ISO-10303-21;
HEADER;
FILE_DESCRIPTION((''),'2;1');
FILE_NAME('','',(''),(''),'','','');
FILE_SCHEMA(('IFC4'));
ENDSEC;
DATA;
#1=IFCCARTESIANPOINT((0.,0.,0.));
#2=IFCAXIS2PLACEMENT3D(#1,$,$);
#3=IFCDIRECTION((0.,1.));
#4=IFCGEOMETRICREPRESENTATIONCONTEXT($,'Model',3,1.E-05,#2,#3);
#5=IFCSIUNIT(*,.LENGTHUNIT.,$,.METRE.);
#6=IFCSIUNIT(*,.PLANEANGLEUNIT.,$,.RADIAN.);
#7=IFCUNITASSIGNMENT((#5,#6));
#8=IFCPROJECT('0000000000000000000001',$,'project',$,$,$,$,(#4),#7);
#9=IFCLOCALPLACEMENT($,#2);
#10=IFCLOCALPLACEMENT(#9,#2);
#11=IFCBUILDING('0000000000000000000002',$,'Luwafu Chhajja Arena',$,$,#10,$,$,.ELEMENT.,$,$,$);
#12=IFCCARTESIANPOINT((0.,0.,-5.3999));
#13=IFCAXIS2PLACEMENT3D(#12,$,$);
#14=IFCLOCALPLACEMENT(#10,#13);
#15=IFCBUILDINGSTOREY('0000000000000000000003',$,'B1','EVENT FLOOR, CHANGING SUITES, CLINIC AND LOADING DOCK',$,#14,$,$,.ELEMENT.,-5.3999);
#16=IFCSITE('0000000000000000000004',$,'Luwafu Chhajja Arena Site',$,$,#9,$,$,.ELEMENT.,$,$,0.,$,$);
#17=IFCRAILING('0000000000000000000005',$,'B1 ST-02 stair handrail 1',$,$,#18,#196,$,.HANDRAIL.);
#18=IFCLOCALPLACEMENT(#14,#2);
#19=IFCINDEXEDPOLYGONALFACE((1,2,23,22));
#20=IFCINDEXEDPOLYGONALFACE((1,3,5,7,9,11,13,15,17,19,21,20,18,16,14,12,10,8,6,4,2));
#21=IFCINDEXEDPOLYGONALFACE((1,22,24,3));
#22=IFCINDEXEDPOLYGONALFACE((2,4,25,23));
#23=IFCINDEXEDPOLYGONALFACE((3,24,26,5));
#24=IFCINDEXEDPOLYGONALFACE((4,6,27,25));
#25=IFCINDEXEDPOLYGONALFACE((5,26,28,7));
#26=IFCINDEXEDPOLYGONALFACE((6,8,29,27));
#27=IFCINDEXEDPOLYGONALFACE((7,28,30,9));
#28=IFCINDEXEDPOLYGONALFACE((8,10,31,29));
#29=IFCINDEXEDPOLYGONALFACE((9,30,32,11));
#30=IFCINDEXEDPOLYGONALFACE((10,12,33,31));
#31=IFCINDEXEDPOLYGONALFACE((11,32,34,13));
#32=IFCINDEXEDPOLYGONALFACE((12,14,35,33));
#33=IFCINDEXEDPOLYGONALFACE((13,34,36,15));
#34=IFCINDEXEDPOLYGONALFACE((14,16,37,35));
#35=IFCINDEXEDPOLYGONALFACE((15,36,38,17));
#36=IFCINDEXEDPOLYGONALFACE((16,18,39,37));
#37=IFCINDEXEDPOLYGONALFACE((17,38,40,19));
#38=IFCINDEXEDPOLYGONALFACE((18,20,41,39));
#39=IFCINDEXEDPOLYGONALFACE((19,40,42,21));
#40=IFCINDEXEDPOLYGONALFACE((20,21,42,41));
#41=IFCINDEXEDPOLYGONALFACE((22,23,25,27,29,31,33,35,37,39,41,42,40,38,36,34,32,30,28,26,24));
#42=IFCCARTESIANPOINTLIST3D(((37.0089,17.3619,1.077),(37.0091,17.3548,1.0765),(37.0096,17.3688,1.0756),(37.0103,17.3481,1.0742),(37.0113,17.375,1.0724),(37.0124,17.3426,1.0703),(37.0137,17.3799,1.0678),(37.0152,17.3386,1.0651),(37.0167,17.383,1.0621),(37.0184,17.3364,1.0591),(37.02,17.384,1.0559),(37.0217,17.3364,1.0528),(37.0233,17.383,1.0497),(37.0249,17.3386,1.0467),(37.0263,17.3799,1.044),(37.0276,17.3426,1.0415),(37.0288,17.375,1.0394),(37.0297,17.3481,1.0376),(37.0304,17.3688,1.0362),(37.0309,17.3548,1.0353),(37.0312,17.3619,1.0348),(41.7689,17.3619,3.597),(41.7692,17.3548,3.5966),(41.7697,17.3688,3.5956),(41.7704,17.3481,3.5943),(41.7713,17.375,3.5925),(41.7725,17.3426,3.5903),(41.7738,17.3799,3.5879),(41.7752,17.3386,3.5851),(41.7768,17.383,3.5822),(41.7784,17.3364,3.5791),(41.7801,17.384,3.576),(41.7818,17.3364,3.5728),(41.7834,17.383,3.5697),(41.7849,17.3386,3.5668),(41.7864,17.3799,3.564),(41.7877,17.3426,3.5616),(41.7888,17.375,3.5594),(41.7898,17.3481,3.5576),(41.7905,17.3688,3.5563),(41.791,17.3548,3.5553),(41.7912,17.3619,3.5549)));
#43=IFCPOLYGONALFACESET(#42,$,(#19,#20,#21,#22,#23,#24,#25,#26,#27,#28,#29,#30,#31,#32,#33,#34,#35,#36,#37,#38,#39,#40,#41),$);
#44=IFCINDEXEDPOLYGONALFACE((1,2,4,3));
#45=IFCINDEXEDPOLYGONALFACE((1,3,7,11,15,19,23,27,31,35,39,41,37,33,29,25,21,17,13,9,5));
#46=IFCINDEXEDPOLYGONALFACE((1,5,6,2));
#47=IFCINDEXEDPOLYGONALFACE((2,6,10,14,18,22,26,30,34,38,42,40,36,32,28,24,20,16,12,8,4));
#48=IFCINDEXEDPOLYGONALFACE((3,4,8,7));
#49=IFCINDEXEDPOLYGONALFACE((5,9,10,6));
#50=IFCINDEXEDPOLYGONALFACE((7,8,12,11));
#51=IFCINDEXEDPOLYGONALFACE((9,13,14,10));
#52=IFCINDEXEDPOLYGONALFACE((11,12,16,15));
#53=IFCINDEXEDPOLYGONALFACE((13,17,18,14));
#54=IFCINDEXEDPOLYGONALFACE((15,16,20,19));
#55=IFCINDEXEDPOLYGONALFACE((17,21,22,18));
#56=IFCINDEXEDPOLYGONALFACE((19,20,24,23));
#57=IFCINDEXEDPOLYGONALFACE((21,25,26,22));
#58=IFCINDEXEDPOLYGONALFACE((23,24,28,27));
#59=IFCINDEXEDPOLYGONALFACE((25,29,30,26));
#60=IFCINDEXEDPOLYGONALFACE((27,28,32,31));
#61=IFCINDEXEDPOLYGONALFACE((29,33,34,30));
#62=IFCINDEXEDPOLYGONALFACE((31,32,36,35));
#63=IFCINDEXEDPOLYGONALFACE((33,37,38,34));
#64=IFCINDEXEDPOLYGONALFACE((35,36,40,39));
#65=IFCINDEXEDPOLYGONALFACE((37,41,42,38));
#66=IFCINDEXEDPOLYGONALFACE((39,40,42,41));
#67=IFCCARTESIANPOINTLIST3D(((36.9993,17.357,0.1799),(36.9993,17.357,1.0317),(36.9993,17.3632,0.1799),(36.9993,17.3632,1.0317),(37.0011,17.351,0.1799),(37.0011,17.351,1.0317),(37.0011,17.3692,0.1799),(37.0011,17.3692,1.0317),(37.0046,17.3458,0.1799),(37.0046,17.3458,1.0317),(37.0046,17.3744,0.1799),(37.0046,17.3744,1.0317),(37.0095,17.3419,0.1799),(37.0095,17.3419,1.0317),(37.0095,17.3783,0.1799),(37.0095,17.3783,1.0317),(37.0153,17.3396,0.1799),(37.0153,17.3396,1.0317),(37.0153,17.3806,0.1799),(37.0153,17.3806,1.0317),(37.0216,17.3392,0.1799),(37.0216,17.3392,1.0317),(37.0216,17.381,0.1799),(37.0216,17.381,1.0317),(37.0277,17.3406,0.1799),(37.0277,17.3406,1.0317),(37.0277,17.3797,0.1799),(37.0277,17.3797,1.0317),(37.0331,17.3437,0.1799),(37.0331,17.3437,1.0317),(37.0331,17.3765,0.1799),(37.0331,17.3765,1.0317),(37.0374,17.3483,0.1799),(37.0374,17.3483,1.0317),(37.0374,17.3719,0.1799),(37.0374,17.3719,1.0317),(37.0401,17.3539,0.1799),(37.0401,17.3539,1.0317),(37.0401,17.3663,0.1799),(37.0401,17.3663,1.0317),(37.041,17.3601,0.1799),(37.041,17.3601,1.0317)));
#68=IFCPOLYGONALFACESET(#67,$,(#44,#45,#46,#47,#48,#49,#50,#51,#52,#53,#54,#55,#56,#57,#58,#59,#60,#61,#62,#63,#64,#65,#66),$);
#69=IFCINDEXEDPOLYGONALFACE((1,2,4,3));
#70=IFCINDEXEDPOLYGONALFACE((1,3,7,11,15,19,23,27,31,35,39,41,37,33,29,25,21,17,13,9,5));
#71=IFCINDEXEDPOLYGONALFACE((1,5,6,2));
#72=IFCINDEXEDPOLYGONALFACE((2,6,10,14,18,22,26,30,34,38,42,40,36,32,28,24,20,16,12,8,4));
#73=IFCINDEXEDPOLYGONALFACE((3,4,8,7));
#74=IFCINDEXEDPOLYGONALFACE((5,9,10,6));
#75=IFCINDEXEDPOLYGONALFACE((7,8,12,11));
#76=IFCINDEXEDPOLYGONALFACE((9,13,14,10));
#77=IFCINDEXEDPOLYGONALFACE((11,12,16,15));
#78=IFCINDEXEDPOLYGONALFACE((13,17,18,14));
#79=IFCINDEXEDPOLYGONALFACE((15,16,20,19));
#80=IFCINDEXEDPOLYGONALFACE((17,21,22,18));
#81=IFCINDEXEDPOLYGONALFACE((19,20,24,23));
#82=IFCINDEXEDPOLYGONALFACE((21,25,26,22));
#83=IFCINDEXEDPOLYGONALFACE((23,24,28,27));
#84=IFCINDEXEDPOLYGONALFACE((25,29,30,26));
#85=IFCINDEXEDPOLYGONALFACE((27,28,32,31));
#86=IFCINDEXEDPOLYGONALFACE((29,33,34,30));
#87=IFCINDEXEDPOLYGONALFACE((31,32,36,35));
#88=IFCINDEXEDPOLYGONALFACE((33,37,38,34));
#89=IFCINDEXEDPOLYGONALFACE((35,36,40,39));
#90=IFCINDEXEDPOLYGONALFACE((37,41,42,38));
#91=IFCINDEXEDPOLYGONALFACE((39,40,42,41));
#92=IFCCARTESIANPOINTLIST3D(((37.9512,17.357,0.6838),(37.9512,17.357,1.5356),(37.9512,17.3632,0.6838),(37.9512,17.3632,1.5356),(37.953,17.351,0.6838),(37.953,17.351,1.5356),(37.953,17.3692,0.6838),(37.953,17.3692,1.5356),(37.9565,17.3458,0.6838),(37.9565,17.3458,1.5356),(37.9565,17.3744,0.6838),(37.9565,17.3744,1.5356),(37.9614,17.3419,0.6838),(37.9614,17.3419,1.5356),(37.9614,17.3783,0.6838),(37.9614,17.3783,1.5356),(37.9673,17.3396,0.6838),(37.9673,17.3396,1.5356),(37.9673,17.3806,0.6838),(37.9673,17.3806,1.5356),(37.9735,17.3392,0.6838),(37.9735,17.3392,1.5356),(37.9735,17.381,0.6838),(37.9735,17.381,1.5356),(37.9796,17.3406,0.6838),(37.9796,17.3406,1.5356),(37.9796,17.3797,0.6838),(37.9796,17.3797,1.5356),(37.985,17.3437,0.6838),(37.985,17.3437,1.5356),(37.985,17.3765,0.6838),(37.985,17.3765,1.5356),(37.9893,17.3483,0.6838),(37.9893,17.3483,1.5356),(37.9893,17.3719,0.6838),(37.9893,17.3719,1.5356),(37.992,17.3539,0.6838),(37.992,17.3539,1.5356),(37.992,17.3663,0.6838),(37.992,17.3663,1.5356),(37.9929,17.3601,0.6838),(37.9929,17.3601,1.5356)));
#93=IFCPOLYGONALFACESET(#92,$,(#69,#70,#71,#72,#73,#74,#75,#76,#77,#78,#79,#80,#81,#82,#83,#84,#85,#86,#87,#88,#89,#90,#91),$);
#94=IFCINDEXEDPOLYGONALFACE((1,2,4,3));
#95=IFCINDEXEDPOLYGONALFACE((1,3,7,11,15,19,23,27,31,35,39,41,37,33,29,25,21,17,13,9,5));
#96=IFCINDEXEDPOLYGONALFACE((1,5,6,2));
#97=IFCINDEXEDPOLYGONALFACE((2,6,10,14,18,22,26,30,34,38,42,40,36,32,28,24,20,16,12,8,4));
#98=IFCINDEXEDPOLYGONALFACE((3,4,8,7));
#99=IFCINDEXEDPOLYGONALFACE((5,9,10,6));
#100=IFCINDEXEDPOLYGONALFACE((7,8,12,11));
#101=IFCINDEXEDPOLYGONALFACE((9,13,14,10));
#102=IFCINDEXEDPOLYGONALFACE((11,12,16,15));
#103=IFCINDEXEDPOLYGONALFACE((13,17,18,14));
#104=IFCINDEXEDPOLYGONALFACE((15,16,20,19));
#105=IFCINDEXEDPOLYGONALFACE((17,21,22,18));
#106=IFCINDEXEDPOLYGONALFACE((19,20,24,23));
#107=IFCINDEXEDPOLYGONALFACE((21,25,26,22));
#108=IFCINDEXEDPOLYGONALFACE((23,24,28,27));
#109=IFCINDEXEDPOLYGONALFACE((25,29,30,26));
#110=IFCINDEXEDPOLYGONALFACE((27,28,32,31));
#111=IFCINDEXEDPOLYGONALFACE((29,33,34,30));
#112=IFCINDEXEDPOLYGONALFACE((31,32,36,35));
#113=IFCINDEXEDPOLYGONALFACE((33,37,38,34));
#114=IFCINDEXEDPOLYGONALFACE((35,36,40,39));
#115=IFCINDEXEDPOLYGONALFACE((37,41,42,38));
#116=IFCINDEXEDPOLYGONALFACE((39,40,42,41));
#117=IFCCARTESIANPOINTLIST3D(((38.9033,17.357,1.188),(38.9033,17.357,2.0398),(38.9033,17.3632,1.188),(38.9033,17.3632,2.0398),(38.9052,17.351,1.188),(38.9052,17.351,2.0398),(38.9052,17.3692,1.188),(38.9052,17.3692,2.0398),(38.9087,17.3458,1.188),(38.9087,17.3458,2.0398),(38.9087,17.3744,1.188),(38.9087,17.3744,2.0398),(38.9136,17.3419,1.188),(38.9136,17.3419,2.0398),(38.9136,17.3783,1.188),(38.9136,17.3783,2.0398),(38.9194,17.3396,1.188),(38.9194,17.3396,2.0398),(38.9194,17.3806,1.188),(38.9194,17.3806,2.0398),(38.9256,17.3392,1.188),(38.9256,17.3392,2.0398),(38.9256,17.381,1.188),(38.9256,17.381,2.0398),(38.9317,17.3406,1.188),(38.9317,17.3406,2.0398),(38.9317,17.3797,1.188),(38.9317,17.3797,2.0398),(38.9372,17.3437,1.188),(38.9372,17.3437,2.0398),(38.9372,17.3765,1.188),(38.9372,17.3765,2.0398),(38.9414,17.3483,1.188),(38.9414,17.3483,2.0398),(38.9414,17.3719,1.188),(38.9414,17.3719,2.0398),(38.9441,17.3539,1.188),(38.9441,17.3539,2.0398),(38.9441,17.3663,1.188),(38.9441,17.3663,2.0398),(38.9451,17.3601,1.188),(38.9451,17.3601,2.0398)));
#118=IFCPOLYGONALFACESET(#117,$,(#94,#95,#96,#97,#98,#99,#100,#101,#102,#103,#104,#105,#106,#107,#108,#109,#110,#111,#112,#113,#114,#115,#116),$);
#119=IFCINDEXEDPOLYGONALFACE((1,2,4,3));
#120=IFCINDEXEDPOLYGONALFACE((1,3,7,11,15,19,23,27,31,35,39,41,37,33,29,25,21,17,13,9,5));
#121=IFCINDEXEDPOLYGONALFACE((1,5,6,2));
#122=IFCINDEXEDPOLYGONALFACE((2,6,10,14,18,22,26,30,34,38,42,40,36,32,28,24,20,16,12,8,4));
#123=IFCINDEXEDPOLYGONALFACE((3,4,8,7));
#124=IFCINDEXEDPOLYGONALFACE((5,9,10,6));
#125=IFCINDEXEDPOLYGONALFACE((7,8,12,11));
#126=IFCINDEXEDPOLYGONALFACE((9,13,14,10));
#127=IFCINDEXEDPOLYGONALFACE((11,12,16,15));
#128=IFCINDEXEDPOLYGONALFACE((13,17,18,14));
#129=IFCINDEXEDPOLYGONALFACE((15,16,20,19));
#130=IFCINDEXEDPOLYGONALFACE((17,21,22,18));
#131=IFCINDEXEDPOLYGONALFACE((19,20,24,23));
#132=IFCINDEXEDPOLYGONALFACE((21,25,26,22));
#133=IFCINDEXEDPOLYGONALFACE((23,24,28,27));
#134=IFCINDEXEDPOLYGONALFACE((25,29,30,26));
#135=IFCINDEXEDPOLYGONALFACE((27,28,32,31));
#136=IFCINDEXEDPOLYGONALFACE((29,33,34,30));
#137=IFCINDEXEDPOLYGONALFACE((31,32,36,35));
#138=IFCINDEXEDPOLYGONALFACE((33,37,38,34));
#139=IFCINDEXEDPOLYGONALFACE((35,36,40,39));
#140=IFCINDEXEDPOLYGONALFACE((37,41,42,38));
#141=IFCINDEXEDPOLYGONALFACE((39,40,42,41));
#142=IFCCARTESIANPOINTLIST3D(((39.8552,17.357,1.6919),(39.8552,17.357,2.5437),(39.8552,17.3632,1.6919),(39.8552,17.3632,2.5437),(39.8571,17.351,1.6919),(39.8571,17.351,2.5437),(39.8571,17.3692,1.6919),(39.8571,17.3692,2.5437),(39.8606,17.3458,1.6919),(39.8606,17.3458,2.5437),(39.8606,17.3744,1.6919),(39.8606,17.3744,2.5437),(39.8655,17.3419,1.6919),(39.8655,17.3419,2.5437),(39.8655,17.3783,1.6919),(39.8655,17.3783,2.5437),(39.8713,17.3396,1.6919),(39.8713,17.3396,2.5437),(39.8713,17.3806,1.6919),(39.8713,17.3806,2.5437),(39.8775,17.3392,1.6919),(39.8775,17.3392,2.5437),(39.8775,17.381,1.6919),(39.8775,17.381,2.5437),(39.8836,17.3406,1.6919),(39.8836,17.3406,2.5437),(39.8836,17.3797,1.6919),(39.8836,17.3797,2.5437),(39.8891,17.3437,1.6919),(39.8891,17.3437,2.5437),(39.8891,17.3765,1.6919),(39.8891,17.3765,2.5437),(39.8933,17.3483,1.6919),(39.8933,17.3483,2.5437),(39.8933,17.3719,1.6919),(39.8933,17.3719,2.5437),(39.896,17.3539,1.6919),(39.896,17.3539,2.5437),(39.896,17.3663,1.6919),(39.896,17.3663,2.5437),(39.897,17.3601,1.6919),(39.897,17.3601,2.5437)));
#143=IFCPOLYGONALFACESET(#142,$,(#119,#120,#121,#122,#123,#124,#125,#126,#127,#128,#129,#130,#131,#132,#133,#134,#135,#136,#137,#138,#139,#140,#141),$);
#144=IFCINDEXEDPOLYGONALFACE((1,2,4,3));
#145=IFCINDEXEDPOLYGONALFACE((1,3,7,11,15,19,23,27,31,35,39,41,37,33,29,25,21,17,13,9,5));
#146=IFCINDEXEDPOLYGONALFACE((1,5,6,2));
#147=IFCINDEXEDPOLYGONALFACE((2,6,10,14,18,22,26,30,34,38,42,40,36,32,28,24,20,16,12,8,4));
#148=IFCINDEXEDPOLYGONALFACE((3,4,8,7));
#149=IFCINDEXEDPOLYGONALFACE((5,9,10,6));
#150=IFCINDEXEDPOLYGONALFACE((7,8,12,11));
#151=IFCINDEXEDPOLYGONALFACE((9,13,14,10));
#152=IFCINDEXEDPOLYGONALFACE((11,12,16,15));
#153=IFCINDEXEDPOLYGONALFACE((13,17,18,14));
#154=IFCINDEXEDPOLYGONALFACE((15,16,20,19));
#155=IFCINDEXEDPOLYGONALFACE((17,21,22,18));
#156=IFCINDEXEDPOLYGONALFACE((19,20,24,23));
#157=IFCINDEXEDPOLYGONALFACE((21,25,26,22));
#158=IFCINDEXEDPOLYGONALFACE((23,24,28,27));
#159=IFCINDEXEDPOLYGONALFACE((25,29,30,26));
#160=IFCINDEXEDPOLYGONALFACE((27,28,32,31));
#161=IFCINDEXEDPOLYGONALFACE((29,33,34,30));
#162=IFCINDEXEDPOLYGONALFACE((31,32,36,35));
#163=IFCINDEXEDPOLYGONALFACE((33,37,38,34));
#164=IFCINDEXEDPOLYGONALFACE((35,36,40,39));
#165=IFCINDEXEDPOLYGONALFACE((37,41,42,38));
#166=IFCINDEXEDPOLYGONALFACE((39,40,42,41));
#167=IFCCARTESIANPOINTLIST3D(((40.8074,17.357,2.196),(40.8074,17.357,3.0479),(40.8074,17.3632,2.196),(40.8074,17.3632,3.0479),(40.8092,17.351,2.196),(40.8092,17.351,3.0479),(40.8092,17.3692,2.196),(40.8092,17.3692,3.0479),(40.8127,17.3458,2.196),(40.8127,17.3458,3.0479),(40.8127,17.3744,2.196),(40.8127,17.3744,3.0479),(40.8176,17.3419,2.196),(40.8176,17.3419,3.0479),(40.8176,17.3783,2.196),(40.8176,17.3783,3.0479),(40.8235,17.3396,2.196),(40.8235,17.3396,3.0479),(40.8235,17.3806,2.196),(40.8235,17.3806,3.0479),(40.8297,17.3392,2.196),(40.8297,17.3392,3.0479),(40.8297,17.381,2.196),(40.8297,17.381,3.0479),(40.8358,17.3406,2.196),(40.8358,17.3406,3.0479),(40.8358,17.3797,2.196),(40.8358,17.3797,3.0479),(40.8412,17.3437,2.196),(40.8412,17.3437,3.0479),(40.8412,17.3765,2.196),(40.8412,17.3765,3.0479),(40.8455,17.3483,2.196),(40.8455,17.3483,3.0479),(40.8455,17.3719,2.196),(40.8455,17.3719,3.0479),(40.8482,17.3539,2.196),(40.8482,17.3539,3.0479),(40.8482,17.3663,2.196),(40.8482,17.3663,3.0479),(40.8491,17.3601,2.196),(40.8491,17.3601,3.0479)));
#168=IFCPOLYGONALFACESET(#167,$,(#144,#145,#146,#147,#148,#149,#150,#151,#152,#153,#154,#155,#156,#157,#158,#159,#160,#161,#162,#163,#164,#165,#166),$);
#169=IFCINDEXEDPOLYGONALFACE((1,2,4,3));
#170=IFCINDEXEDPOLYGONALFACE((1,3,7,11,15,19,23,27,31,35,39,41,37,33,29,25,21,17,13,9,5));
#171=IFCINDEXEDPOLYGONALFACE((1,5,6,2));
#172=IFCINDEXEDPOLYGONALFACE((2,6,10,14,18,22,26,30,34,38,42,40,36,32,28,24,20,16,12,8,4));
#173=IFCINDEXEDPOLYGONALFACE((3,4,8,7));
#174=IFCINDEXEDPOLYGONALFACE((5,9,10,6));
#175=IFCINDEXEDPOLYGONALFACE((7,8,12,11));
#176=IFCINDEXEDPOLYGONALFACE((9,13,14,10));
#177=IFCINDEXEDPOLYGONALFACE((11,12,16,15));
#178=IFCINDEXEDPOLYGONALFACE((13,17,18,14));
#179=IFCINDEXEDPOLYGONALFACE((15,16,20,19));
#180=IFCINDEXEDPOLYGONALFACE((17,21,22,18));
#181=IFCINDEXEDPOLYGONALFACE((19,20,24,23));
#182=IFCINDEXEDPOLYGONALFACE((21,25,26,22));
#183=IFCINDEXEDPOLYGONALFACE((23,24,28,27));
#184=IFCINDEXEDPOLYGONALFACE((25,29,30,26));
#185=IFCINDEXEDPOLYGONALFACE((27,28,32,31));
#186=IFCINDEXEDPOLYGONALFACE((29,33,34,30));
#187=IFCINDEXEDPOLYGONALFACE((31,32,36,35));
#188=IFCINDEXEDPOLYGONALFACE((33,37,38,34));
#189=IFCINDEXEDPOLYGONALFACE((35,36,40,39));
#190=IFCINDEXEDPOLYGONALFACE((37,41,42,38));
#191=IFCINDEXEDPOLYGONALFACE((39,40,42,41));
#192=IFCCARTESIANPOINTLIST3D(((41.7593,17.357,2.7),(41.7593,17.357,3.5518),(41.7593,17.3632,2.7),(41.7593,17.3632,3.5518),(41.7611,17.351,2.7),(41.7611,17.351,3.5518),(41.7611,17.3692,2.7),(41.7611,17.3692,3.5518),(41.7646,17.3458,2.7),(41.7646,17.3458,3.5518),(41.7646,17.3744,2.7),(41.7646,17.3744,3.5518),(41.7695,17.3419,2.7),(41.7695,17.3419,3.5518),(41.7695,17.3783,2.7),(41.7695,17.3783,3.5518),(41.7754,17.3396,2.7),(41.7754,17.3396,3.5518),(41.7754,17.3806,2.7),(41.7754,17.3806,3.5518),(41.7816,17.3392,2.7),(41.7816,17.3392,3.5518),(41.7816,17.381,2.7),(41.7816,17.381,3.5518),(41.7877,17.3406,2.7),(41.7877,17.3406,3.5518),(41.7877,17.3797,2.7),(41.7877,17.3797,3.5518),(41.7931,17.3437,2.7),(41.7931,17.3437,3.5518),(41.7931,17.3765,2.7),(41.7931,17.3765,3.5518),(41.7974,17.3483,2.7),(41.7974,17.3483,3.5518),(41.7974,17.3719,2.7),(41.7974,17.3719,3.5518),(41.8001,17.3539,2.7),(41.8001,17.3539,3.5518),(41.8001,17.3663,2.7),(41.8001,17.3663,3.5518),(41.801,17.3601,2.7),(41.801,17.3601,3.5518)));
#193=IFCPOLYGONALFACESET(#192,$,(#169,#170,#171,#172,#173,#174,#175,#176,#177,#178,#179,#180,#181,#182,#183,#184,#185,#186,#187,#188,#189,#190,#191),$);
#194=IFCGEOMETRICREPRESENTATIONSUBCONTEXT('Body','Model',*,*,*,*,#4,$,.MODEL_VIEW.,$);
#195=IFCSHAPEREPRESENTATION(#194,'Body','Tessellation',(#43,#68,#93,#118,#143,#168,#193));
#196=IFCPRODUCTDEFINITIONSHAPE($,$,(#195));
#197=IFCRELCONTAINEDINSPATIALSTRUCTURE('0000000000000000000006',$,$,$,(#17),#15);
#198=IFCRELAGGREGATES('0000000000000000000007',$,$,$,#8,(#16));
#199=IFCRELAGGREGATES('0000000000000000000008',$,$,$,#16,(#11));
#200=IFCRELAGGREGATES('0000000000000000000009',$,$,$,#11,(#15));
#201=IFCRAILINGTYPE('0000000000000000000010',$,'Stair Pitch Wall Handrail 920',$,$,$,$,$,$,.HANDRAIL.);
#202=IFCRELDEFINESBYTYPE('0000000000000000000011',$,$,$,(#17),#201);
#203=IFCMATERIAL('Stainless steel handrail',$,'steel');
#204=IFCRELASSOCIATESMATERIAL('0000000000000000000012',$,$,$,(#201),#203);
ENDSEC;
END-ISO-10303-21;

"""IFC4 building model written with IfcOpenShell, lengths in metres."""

from ifc_helpers import new_model, si_unit, direction, frame, origin, origin_2d, place, context, subcontext, project, spatial, circle, extrude, material, type_object, element, save


model = new_model("IFC4")

# Units and contexts
model_context = context("Model", 3, precision=1e-05, world=origin(), true_north=direction((0.0, 1.0)))
body_context = subcontext(model_context, "Body", "Model", "MODEL_VIEW")
ifc_project = project(units=[si_unit("LENGTHUNIT", "METRE"), si_unit("PLANEANGLEUNIT", "RADIAN")], contexts=[model_context])

# Site, building, storey
site_placement = place(None, origin())
site = spatial("IfcSite", under=ifc_project, at=site_placement, Name="Luwafu Chhajja Arena Site", CompositionType="ELEMENT", RefElevation=0.0)
building_placement = place(site_placement, origin())
building = spatial("IfcBuilding", under=site, at=building_placement, Name="Luwafu Chhajja Arena", CompositionType="ELEMENT")
storey_placement = place(building_placement, frame((0.0, 0.0, -5.3999)))
storey = spatial("IfcBuildingStorey", under=building, at=storey_placement, Name="B1", Description="EVENT FLOOR, CHANGING SUITES, CLINIC AND LOADING DOCK", CompositionType="ELEMENT", Elevation=-5.3999)

# Railing
ifc_material_1 = material(Name="Stainless steel handrail", Category="steel")
railing_type_1 = type_object("IfcRailingType", Name="Stair Pitch Wall Handrail 920", PredefinedType="HANDRAIL", material=ifc_material_1)
for number, where, name in (
    (1, (37.02, 17.3601, 0.1799), "B1 ST-02 stair handrail 1"),
):
    element("IfcRailing", number, at=place(storey_placement, frame(where)), inside=storey, type_object=railing_type_1, Name=name, PredefinedType="HANDRAIL", context=body_context, shape_type="SweptSolid", body=[
        extrude(circle(Radius=0.0239, at=origin_2d()), frame((0.0, 0.0, 0.876), z_axis=(0.883787, 0.0, 0.46789), x_axis=(0.0, 1.0, 0.0)), (0.0, 0.0, 1.0), 5.386),
        extrude(circle(Radius=0.021, at=origin_2d()), origin(), (0.0, 0.0, 1.0), 0.8518),
        extrude(circle(Radius=0.021, at=origin_2d()), frame((0.9519, 0.0, 0.5039)), (0.0, 0.0, 1.0), 0.8518),
        extrude(circle(Radius=0.021, at=origin_2d()), frame((1.9041, 0.0, 1.0081)), (0.0, 0.0, 1.0), 0.8518),
        extrude(circle(Radius=0.021, at=origin_2d()), frame((2.856, 0.0, 1.512)), (0.0, 0.0, 1.0), 0.8518),
        extrude(circle(Radius=0.021, at=origin_2d()), frame((3.8081, 0.0, 2.0161)), (0.0, 0.0, 1.0), 0.8518),
        extrude(circle(Radius=0.021, at=origin_2d()), frame((4.76, 0.0, 2.52)), (0.0, 0.0, 1.0), 0.8518),
    ])

save(model, "model.ifc")
